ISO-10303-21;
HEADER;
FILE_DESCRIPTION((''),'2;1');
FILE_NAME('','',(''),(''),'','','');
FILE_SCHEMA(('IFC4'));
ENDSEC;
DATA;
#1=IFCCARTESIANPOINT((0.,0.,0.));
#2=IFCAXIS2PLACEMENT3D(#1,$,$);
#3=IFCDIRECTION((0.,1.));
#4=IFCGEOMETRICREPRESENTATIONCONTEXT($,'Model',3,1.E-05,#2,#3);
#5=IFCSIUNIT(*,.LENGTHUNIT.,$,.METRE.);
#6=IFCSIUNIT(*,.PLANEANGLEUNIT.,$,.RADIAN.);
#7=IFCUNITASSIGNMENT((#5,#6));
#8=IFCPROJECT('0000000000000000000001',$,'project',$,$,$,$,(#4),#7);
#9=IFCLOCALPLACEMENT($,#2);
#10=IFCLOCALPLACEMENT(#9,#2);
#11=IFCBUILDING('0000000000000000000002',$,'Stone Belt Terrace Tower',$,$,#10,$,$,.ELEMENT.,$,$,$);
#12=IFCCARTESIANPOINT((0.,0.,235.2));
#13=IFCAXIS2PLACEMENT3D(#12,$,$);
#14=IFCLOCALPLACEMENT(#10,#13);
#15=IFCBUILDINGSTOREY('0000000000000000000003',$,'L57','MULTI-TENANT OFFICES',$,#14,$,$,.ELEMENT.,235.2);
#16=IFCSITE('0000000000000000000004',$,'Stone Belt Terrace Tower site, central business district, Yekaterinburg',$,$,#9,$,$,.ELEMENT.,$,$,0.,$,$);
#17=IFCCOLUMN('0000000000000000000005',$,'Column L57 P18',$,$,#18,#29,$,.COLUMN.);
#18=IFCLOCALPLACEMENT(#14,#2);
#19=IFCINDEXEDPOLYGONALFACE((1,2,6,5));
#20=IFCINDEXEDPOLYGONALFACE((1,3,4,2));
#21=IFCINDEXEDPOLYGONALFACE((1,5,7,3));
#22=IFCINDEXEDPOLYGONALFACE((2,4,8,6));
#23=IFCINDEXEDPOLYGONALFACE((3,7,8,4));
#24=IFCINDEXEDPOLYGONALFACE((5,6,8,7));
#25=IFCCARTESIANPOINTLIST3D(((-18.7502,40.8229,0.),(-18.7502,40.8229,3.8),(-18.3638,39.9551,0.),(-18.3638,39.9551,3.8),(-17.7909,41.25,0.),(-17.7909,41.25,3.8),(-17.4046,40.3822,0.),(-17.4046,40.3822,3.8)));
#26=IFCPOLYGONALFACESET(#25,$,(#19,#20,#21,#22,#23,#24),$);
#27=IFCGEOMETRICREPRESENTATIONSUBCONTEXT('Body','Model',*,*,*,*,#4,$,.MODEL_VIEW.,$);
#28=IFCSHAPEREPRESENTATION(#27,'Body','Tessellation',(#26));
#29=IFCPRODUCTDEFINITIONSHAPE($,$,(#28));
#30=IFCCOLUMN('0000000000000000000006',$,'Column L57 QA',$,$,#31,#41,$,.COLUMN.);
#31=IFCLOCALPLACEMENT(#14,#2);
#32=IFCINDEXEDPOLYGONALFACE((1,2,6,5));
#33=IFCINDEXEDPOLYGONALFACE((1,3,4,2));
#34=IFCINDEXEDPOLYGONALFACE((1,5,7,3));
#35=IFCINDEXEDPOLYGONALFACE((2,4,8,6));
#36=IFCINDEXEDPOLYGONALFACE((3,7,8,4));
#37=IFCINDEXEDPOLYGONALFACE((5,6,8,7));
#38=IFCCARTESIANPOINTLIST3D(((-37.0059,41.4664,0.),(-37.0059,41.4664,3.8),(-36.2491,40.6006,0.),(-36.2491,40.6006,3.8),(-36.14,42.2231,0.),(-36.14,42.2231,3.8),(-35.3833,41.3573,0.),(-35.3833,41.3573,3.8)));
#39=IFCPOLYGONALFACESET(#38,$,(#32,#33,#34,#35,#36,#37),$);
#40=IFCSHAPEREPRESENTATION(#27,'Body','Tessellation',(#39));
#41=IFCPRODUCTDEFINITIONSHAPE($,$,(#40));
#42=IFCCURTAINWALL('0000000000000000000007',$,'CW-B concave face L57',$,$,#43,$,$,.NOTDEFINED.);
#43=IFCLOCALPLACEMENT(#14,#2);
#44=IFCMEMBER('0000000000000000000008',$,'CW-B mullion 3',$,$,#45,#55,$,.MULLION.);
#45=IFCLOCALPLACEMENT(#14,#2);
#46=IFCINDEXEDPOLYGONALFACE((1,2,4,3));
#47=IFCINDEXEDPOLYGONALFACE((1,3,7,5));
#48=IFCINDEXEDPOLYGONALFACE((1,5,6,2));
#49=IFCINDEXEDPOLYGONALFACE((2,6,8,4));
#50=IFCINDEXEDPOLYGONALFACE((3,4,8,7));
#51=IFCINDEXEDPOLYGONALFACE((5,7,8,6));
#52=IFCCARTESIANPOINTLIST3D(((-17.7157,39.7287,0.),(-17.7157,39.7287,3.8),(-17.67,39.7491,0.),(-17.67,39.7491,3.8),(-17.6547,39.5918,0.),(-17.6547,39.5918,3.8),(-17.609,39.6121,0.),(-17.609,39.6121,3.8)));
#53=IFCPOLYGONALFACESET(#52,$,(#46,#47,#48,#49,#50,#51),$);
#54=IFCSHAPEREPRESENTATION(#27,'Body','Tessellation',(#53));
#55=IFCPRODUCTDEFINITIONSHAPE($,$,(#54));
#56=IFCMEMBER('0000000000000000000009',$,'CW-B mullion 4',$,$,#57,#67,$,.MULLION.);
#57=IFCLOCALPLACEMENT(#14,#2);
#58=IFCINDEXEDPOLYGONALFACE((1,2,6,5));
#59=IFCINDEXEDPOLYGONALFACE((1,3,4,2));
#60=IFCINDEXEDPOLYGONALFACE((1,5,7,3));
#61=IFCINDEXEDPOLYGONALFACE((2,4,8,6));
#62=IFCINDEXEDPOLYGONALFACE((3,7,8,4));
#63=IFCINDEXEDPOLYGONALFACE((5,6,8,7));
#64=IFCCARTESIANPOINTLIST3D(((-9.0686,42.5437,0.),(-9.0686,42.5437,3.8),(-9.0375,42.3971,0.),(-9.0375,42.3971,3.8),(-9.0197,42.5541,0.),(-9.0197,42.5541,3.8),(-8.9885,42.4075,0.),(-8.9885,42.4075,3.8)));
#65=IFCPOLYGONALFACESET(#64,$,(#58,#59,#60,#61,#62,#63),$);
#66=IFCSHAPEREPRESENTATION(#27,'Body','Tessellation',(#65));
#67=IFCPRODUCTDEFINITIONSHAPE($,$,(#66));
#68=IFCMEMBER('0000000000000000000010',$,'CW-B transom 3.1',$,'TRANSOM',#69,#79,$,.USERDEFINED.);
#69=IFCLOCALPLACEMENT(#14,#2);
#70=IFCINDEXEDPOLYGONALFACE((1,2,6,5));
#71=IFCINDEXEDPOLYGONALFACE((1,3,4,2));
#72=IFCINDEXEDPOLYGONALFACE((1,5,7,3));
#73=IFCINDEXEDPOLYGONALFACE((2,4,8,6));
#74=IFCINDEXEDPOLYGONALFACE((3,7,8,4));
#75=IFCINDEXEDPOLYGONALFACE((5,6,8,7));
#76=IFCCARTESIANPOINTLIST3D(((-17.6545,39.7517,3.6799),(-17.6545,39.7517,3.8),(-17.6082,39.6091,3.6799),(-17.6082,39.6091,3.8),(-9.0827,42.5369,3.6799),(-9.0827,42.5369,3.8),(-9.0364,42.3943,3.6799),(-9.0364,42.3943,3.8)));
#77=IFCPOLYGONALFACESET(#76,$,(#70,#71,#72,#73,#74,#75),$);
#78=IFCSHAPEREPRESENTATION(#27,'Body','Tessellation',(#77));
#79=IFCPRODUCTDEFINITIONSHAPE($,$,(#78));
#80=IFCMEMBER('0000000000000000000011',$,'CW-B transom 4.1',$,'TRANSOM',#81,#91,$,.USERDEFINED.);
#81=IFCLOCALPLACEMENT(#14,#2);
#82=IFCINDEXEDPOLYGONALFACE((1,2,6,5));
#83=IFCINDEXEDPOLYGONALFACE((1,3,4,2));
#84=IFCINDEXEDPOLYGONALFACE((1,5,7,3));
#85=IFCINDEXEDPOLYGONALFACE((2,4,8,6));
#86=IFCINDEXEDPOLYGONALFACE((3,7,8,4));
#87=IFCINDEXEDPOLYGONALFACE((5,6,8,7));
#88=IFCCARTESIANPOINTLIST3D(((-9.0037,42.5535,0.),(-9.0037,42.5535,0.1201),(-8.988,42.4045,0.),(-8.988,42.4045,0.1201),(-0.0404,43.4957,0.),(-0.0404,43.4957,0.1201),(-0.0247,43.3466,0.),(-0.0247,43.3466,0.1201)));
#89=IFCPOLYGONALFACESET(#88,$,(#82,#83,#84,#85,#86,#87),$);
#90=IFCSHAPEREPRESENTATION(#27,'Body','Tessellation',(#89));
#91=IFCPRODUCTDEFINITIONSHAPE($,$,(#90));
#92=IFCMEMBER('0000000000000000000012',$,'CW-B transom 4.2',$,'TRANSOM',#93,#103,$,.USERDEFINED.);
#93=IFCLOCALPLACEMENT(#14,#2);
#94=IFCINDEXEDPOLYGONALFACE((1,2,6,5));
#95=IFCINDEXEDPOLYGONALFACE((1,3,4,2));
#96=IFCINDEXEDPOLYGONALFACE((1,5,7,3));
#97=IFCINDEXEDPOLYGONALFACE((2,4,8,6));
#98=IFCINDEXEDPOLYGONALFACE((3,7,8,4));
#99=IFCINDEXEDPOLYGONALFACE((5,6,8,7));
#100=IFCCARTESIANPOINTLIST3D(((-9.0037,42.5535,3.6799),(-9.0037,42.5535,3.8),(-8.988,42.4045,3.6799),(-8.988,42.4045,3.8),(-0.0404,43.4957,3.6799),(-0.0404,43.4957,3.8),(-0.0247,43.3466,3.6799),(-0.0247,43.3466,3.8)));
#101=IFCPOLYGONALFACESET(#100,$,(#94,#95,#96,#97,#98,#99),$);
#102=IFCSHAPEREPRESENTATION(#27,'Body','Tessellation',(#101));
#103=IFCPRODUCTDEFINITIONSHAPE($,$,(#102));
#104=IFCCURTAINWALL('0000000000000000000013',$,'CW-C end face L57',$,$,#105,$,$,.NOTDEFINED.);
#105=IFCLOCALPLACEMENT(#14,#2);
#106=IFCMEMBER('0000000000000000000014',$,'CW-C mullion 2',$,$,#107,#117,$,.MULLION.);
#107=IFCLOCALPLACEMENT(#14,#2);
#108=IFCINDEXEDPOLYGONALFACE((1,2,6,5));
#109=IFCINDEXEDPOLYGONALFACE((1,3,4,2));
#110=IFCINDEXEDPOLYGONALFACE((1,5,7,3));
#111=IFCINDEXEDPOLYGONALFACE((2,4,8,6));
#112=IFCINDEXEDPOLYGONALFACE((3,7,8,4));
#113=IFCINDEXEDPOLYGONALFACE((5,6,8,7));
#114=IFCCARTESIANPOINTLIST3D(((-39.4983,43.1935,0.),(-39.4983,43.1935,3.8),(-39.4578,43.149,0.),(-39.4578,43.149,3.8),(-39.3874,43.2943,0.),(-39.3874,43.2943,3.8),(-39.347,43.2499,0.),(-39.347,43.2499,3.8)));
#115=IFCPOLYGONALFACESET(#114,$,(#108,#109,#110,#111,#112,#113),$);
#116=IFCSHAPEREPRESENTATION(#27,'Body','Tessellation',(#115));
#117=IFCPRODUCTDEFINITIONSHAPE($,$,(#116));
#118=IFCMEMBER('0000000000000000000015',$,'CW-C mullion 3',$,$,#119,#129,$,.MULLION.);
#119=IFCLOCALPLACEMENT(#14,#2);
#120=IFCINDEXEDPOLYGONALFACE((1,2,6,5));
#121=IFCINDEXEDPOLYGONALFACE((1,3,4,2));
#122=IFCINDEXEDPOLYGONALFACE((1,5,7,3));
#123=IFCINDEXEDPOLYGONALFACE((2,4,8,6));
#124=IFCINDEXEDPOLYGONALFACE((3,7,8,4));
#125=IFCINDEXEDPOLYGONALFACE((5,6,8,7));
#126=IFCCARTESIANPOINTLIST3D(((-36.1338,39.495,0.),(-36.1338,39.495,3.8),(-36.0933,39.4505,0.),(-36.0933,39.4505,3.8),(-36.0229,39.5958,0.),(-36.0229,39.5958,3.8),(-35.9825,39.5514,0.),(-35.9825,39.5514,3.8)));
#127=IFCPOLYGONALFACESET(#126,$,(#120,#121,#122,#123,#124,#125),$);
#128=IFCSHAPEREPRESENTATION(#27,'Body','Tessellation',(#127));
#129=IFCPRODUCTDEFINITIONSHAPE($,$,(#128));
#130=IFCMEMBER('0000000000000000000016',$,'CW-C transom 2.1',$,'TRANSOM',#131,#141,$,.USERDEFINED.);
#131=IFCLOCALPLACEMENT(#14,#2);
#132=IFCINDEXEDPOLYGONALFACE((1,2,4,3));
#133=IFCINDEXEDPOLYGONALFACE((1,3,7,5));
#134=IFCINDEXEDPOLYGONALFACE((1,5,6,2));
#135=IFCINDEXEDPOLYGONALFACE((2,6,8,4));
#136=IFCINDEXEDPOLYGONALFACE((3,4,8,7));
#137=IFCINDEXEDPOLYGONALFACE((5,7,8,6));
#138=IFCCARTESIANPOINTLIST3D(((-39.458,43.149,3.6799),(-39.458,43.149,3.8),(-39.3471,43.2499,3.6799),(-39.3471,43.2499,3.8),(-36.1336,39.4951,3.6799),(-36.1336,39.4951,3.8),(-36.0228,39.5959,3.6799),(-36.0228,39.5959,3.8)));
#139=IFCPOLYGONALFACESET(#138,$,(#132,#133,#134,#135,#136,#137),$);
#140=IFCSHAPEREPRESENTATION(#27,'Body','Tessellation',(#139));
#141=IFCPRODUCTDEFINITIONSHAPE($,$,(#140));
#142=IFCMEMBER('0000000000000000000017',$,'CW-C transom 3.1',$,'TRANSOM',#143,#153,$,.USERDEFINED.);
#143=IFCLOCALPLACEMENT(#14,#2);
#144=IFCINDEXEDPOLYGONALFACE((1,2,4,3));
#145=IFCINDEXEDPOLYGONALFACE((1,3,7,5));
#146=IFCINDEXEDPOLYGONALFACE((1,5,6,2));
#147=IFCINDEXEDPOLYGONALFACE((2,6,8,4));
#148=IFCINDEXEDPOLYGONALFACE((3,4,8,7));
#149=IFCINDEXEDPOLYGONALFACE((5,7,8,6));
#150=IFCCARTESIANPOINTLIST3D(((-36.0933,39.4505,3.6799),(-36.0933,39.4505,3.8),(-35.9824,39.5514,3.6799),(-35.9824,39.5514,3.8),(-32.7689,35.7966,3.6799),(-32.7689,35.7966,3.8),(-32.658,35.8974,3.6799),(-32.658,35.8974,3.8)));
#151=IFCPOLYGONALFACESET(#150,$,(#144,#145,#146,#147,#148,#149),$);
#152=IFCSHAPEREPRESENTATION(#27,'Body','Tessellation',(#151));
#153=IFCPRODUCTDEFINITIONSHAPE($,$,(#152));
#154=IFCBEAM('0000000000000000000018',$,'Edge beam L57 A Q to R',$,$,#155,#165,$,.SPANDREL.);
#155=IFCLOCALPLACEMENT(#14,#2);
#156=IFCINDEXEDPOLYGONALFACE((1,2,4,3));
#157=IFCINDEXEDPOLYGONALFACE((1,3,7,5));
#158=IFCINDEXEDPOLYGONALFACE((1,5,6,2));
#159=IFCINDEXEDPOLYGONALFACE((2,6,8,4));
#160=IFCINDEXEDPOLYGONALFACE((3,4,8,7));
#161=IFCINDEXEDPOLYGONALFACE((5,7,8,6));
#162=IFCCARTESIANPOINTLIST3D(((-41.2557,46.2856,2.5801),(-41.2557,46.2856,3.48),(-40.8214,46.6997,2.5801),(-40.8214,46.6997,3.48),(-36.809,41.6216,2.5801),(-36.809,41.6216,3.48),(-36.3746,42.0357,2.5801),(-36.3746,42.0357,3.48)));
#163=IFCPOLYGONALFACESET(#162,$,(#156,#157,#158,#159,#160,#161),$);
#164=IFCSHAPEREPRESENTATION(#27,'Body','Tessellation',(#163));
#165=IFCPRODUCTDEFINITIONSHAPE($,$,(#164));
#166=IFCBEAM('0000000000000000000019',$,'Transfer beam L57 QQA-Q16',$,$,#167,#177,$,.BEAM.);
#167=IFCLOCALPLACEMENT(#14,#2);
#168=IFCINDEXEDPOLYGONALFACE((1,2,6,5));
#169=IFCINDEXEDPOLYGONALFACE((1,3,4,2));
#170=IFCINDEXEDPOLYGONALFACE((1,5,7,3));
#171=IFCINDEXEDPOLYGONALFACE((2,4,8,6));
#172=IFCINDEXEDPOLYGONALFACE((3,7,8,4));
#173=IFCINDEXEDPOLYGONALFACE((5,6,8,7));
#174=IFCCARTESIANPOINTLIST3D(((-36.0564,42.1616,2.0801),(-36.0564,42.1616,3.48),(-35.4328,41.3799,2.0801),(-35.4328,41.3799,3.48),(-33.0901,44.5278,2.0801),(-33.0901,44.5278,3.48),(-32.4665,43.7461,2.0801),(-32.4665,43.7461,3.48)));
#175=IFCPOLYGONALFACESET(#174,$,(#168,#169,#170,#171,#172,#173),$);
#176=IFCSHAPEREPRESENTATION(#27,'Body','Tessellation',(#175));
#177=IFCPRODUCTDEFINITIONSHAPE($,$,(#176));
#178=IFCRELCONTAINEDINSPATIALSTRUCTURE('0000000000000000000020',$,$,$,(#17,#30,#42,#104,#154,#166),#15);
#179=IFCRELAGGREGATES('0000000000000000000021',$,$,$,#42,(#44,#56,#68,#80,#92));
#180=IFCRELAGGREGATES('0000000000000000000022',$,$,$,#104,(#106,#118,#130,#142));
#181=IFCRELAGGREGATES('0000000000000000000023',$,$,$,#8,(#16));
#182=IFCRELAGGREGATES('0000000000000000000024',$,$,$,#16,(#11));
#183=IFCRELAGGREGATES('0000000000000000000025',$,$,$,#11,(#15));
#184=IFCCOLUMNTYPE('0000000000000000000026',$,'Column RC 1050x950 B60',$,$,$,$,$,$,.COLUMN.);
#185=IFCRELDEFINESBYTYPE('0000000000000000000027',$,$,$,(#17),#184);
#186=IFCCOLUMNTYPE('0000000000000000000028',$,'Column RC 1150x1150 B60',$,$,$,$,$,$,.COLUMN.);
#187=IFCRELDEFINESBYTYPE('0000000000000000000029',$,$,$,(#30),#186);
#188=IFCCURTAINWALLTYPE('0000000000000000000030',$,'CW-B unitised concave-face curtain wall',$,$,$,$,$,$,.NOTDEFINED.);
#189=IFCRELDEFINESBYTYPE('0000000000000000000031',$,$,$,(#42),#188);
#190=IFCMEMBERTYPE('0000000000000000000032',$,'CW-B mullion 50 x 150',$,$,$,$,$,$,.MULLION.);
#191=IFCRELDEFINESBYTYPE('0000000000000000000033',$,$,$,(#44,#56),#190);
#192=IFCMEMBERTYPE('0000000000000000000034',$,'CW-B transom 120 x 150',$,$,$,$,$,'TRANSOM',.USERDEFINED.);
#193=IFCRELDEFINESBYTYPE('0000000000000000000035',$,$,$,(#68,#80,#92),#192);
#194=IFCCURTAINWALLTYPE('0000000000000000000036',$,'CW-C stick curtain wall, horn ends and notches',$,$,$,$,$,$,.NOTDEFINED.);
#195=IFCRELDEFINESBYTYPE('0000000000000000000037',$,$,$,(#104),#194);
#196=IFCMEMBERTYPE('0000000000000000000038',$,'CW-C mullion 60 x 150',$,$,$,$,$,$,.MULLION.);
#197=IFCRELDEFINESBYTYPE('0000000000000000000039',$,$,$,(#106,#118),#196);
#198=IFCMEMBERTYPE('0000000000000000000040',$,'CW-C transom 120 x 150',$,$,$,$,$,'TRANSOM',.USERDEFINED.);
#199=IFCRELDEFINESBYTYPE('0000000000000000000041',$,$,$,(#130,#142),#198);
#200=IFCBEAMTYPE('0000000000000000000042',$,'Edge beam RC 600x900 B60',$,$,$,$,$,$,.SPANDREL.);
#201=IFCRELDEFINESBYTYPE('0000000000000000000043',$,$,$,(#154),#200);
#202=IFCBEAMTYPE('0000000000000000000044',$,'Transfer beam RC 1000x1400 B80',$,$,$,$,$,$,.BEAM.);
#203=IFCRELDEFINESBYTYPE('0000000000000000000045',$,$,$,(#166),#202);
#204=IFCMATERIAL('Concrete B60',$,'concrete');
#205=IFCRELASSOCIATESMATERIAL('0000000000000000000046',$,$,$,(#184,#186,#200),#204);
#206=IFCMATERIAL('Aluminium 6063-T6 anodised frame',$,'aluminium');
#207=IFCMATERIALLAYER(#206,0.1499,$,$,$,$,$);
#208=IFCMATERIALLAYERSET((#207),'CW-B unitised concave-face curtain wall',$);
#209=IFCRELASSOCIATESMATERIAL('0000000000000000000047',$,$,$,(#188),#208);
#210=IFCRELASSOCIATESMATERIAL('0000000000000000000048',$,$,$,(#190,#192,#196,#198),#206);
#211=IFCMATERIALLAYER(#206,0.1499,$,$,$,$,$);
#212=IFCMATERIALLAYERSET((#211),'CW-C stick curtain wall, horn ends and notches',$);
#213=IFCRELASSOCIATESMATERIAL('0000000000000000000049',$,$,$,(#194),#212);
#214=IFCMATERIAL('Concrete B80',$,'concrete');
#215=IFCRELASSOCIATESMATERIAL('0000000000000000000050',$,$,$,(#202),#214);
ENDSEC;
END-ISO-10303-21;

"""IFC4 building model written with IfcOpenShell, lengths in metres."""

from ifc_helpers import new_model, si_unit, direction, frame, origin, origin_2d, place, context, subcontext, project, spatial, rectangle, extrude, material, layer, layer_set, material_profile, profile_set, type_object, element, aggregate, save


model = new_model("IFC4")

# Units and contexts
model_context = context("Model", 3, precision=1e-05, world=origin(), true_north=direction((0.0, 1.0)))
body_context = subcontext(model_context, "Body", "Model", "MODEL_VIEW")
ifc_project = project(units=[si_unit("LENGTHUNIT", "METRE"), si_unit("PLANEANGLEUNIT", "RADIAN")], contexts=[model_context])

# Site, building, storey
site_placement = place(None, origin())
site = spatial("IfcSite", under=ifc_project, at=site_placement, Name="Stone Belt Terrace Tower site, central business district, Yekaterinburg", CompositionType="ELEMENT", RefElevation=0.0)
building_placement = place(site_placement, origin())
building = spatial("IfcBuilding", under=site, at=building_placement, Name="Stone Belt Terrace Tower", CompositionType="ELEMENT")
storey_placement = place(building_placement, frame((0.0, 0.0, 235.2)))
storey = spatial("IfcBuildingStorey", under=building, at=storey_placement, Name="L57", Description="MULTI-TENANT OFFICES", CompositionType="ELEMENT", Elevation=235.2)

# Columns
ifc_material_1 = material(Name="Concrete B60", Category="concrete")
ifc_material_profile_1 = material_profile(ifc_material_1, rectangle(XDim=1.05, YDim=0.95, at=origin_2d()), Name="RC 1050x950")
ifc_profile_set_1 = profile_set([ifc_material_profile_1], Name="Concrete B60")
column_type_1 = type_object("IfcColumnType", Name="Column RC 1050x950 B60", PredefinedType="COLUMN", material=ifc_profile_set_1)
column_1_placement = place(storey_placement, frame((-18.0774, 40.6025, 0.0), z_axis=(0.0, 0.0, 1.0), x_axis=(0.913545, 0.406737, 0.0)))
element("IfcColumn", 1, at=column_1_placement, inside=storey, type_object=column_type_1, Name="Column L57 P18", PredefinedType="COLUMN", context=body_context, shape_type="SweptSolid", body=[
    extrude(rectangle(XDim=1.05, YDim=0.95, at=origin_2d()), origin(), (0.0, 0.0, 1.0), 3.8),
])
ifc_material_profile_2 = material_profile(ifc_material_1, rectangle(XDim=1.1499, YDim=1.1499, at=origin_2d()), Name="RC 1150x1150")
ifc_profile_set_2 = profile_set([ifc_material_profile_2], Name="Concrete B60")
column_type_2 = type_object("IfcColumnType", Name="Column RC 1150x1150 B60", PredefinedType="COLUMN", material=ifc_profile_set_2)
column_2_placement = place(storey_placement, frame((-36.1946, 41.4119, 0.0), z_axis=(0.0, 0.0, 1.0), x_axis=(0.752943, 0.658085, 0.0)))
element("IfcColumn", 2, at=column_2_placement, inside=storey, type_object=column_type_2, Name="Column L57 QA", PredefinedType="COLUMN", context=body_context, shape_type="SweptSolid", body=[
    extrude(rectangle(XDim=1.1499, YDim=1.1499, at=origin_2d()), origin(), (0.0, 0.0, 1.0), 3.8),
])

# Curtain walls, members
ifc_material_2 = material(Name="Aluminium 6063-T6 anodised frame", Category="aluminium")
ifc_layer_1 = layer(ifc_material_2, 0.1499)
ifc_layer_set_1 = layer_set([ifc_layer_1], Name="CW-B unitised concave-face curtain wall")
curtain_wall_type_1 = type_object("IfcCurtainWallType", Name="CW-B unitised concave-face curtain wall", PredefinedType="NOTDEFINED", material=ifc_layer_set_1)
curtain_wall_1_placement = place(storey_placement, origin())
curtain_wall_1 = element("IfcCurtainWall", 3, at=curtain_wall_1_placement, inside=storey, type_object=curtain_wall_type_1, Name="CW-B concave face L57", PredefinedType="NOTDEFINED")
ifc_material_profile_3 = material_profile(ifc_material_2, rectangle(XDim=0.1499, YDim=0.05, at=origin_2d()), Name="Aluminium 6063-T6 50x150")
ifc_profile_set_3 = profile_set([ifc_material_profile_3], Name="Aluminium 6063-T6 anodised frame")
member_type_1 = type_object("IfcMemberType", Name="CW-B mullion 50 x 150", PredefinedType="MULLION", material=ifc_profile_set_3)
member_1_placement = place(storey_placement, frame((-17.6624, 39.6704, 0.0), z_axis=(0.0, 0.0, 1.0), x_axis=(-0.406737, 0.913545, 0.0)))
member_1 = element("IfcMember", 4, at=member_1_placement, type_object=member_type_1, Name="CW-B mullion 3", PredefinedType="MULLION", context=body_context, shape_type="SweptSolid", body=[
    extrude(rectangle(XDim=0.1499, YDim=0.05, at=origin_2d()), origin(), (0.0, 0.0, 1.0), 3.8),
])
member_2_placement = place(storey_placement, frame((-9.0286, 42.4756, 0.0), z_axis=(0.0, 0.0, 1.0), x_axis=(-0.207912, 0.978148, 0.0)))
member_2 = element("IfcMember", 5, at=member_2_placement, type_object=member_type_1, Name="CW-B mullion 4", PredefinedType="MULLION", context=body_context, shape_type="SweptSolid", body=[
    extrude(rectangle(XDim=0.1499, YDim=0.05, at=origin_2d()), origin(), (0.0, 0.0, 1.0), 3.8),
])
ifc_material_profile_4 = material_profile(ifc_material_2, rectangle(XDim=0.1499, YDim=0.1201, at=origin_2d()), Name="Aluminium 6063-T6 150x120")
ifc_profile_set_4 = profile_set([ifc_material_profile_4], Name="Aluminium 6063-T6 anodised frame")
member_type_2 = type_object("IfcMemberType", Name="CW-B transom 120 x 150", ElementType="TRANSOM", PredefinedType="USERDEFINED", material=ifc_profile_set_4)
member_3_placement = place(storey_placement, frame((-17.6313, 39.6804, 3.74), z_axis=(0.951056, 0.309019, 0.0), x_axis=(-0.309019, 0.951056, 0.0)))
member_3 = element("IfcMember", 6, at=member_3_placement, type_object=member_type_2, Name="CW-B transom 3.1", ObjectType="TRANSOM", PredefinedType="USERDEFINED", context=body_context, shape_type="SweptSolid", body=[
    extrude(rectangle(XDim=0.1499, YDim=0.1201, at=origin_2d()), origin(), (0.0, 0.0, 1.0), 9.0129),
])
member_4_placement = place(storey_placement, frame((-8.9958, 42.479, 0.0601), z_axis=(0.994521, 0.104534, 0.0), x_axis=(-0.104534, 0.994521, 0.0)))
member_4 = element("IfcMember", 7, at=member_4_placement, type_object=member_type_2, Name="CW-B transom 4.1", ObjectType="TRANSOM", PredefinedType="USERDEFINED", context=body_context, shape_type="SweptSolid", body=[
    extrude(rectangle(XDim=0.1499, YDim=0.1201, at=origin_2d()), origin(), (0.0, 0.0, 1.0), 9.0127),
])
member_5_placement = place(storey_placement, frame((-8.9958, 42.479, 3.74), z_axis=(0.994521, 0.104534, 0.0), x_axis=(-0.104534, 0.994521, 0.0)))
member_5 = element("IfcMember", 8, at=member_5_placement, type_object=member_type_2, Name="CW-B transom 4.2", ObjectType="TRANSOM", PredefinedType="USERDEFINED", context=body_context, shape_type="SweptSolid", body=[
    extrude(rectangle(XDim=0.1499, YDim=0.1201, at=origin_2d()), origin(), (0.0, 0.0, 1.0), 9.0127),
])
ifc_layer_2 = layer(ifc_material_2, 0.1499)
ifc_layer_set_2 = layer_set([ifc_layer_2], Name="CW-C stick curtain wall, horn ends and notches")
curtain_wall_type_2 = type_object("IfcCurtainWallType", Name="CW-C stick curtain wall, horn ends and notches", PredefinedType="NOTDEFINED", material=ifc_layer_set_2)
curtain_wall_2_placement = place(storey_placement, origin())
curtain_wall_2 = element("IfcCurtainWall", 9, at=curtain_wall_2_placement, inside=storey, type_object=curtain_wall_type_2, Name="CW-C end face L57", PredefinedType="NOTDEFINED")
ifc_material_profile_5 = material_profile(ifc_material_2, rectangle(XDim=0.1499, YDim=0.0601, at=origin_2d()), Name="Aluminium 6063-T6 60x150")
ifc_profile_set_5 = profile_set([ifc_material_profile_5], Name="Aluminium 6063-T6 anodised frame")
member_type_3 = type_object("IfcMemberType", Name="CW-C mullion 60 x 150", PredefinedType="MULLION", material=ifc_profile_set_5)
member_6_placement = place(storey_placement, frame((-39.4226, 43.2217, 0.0), z_axis=(0.0, 0.0, 1.0), x_axis=(0.739693, 0.672944, 0.0)))
member_6 = element("IfcMember", 10, at=member_6_placement, type_object=member_type_3, Name="CW-C mullion 2", PredefinedType="MULLION", context=body_context, shape_type="SweptSolid", body=[
    extrude(rectangle(XDim=0.1499, YDim=0.0601, at=origin_2d()), origin(), (0.0, 0.0, 1.0), 3.8),
])
member_7_placement = place(storey_placement, frame((-36.0581, 39.5232, 0.0), z_axis=(0.0, 0.0, 1.0), x_axis=(0.739693, 0.672944, 0.0)))
member_7 = element("IfcMember", 11, at=member_7_placement, type_object=member_type_3, Name="CW-C mullion 3", PredefinedType="MULLION", context=body_context, shape_type="SweptSolid", body=[
    extrude(rectangle(XDim=0.1499, YDim=0.0601, at=origin_2d()), origin(), (0.0, 0.0, 1.0), 3.8),
])
ifc_material_profile_6 = material_profile(ifc_material_2, rectangle(XDim=0.1499, YDim=0.1201, at=origin_2d()), Name="Aluminium 6063-T6 150x120")
ifc_profile_set_6 = profile_set([ifc_material_profile_6], Name="Aluminium 6063-T6 anodised frame")
member_type_4 = type_object("IfcMemberType", Name="CW-C transom 120 x 150", ElementType="TRANSOM", PredefinedType="USERDEFINED", material=ifc_profile_set_6)
member_8_placement = place(storey_placement, frame((-39.4026, 43.1995, 3.74), z_axis=(0.672961, -0.739678, 0.0), x_axis=(0.739678, 0.672961, 0.0)))
member_8 = element("IfcMember", 12, at=member_8_placement, type_object=member_type_4, Name="CW-C transom 2.1", ObjectType="TRANSOM", PredefinedType="USERDEFINED", context=body_context, shape_type="SweptSolid", body=[
    extrude(rectangle(XDim=0.1499, YDim=0.1201, at=origin_2d()), origin(), (0.0, 0.0, 1.0), 4.9399),
])
member_9_placement = place(storey_placement, frame((-36.0378, 39.501, 3.74), z_axis=(0.672961, -0.739678, 0.0), x_axis=(0.739678, 0.672961, 0.0)))
member_9 = element("IfcMember", 13, at=member_9_placement, type_object=member_type_4, Name="CW-C transom 3.1", ObjectType="TRANSOM", PredefinedType="USERDEFINED", context=body_context, shape_type="SweptSolid", body=[
    extrude(rectangle(XDim=0.1499, YDim=0.1201, at=origin_2d()), origin(), (0.0, 0.0, 1.0), 4.9399),
])

# Beams
ifc_material_profile_7 = material_profile(ifc_material_1, rectangle(XDim=0.6001, YDim=0.8999, at=origin_2d()), Name="RC 600x900")
ifc_profile_set_7 = profile_set([ifc_material_profile_7], Name="Concrete B60")
beam_type_1 = type_object("IfcBeamType", Name="Edge beam RC 600x900 B60", PredefinedType="SPANDREL", material=ifc_profile_set_7)
beam_1_placement = place(storey_placement, frame((-36.5918, 41.8286, 3.03), z_axis=(-0.690047, 0.723765, 0.0), x_axis=(-0.723765, -0.690047, 0.0)))
element("IfcBeam", 14, at=beam_1_placement, inside=storey, type_object=beam_type_1, Name="Edge beam L57 A Q to R", PredefinedType="SPANDREL", context=body_context, shape_type="SweptSolid", body=[
    extrude(rectangle(XDim=0.6001, YDim=0.8999, at=origin_2d()), origin(), (0.0, 0.0, 1.0), 6.4441),
])
ifc_material_3 = material(Name="Concrete B80", Category="concrete")
ifc_material_profile_8 = material_profile(ifc_material_3, rectangle(XDim=1.0, YDim=1.3999, at=origin_2d()), Name="RC 1000x1400")
ifc_profile_set_8 = profile_set([ifc_material_profile_8], Name="Concrete B80")
beam_type_2 = type_object("IfcBeamType", Name="Transfer beam RC 1000x1400 B80", PredefinedType="BEAM", material=ifc_profile_set_8)
beam_2_placement = place(storey_placement, frame((-35.7446, 41.7708, 2.78), z_axis=(0.781747, 0.623596, 0.0), x_axis=(-0.623596, 0.781747, 0.0)))
element("IfcBeam", 15, at=beam_2_placement, inside=storey, type_object=beam_type_2, Name="Transfer beam L57 QQA-Q16", PredefinedType="BEAM", context=body_context, shape_type="SweptSolid", body=[
    extrude(rectangle(XDim=1.0, YDim=1.3999, at=origin_2d()), origin(), (0.0, 0.0, 1.0), 3.7944),
])

aggregate(curtain_wall_1, [member_1, member_2, member_3, member_4, member_5])
aggregate(curtain_wall_2, [member_6, member_7, member_8, member_9])

save(model, "model.ifc")
